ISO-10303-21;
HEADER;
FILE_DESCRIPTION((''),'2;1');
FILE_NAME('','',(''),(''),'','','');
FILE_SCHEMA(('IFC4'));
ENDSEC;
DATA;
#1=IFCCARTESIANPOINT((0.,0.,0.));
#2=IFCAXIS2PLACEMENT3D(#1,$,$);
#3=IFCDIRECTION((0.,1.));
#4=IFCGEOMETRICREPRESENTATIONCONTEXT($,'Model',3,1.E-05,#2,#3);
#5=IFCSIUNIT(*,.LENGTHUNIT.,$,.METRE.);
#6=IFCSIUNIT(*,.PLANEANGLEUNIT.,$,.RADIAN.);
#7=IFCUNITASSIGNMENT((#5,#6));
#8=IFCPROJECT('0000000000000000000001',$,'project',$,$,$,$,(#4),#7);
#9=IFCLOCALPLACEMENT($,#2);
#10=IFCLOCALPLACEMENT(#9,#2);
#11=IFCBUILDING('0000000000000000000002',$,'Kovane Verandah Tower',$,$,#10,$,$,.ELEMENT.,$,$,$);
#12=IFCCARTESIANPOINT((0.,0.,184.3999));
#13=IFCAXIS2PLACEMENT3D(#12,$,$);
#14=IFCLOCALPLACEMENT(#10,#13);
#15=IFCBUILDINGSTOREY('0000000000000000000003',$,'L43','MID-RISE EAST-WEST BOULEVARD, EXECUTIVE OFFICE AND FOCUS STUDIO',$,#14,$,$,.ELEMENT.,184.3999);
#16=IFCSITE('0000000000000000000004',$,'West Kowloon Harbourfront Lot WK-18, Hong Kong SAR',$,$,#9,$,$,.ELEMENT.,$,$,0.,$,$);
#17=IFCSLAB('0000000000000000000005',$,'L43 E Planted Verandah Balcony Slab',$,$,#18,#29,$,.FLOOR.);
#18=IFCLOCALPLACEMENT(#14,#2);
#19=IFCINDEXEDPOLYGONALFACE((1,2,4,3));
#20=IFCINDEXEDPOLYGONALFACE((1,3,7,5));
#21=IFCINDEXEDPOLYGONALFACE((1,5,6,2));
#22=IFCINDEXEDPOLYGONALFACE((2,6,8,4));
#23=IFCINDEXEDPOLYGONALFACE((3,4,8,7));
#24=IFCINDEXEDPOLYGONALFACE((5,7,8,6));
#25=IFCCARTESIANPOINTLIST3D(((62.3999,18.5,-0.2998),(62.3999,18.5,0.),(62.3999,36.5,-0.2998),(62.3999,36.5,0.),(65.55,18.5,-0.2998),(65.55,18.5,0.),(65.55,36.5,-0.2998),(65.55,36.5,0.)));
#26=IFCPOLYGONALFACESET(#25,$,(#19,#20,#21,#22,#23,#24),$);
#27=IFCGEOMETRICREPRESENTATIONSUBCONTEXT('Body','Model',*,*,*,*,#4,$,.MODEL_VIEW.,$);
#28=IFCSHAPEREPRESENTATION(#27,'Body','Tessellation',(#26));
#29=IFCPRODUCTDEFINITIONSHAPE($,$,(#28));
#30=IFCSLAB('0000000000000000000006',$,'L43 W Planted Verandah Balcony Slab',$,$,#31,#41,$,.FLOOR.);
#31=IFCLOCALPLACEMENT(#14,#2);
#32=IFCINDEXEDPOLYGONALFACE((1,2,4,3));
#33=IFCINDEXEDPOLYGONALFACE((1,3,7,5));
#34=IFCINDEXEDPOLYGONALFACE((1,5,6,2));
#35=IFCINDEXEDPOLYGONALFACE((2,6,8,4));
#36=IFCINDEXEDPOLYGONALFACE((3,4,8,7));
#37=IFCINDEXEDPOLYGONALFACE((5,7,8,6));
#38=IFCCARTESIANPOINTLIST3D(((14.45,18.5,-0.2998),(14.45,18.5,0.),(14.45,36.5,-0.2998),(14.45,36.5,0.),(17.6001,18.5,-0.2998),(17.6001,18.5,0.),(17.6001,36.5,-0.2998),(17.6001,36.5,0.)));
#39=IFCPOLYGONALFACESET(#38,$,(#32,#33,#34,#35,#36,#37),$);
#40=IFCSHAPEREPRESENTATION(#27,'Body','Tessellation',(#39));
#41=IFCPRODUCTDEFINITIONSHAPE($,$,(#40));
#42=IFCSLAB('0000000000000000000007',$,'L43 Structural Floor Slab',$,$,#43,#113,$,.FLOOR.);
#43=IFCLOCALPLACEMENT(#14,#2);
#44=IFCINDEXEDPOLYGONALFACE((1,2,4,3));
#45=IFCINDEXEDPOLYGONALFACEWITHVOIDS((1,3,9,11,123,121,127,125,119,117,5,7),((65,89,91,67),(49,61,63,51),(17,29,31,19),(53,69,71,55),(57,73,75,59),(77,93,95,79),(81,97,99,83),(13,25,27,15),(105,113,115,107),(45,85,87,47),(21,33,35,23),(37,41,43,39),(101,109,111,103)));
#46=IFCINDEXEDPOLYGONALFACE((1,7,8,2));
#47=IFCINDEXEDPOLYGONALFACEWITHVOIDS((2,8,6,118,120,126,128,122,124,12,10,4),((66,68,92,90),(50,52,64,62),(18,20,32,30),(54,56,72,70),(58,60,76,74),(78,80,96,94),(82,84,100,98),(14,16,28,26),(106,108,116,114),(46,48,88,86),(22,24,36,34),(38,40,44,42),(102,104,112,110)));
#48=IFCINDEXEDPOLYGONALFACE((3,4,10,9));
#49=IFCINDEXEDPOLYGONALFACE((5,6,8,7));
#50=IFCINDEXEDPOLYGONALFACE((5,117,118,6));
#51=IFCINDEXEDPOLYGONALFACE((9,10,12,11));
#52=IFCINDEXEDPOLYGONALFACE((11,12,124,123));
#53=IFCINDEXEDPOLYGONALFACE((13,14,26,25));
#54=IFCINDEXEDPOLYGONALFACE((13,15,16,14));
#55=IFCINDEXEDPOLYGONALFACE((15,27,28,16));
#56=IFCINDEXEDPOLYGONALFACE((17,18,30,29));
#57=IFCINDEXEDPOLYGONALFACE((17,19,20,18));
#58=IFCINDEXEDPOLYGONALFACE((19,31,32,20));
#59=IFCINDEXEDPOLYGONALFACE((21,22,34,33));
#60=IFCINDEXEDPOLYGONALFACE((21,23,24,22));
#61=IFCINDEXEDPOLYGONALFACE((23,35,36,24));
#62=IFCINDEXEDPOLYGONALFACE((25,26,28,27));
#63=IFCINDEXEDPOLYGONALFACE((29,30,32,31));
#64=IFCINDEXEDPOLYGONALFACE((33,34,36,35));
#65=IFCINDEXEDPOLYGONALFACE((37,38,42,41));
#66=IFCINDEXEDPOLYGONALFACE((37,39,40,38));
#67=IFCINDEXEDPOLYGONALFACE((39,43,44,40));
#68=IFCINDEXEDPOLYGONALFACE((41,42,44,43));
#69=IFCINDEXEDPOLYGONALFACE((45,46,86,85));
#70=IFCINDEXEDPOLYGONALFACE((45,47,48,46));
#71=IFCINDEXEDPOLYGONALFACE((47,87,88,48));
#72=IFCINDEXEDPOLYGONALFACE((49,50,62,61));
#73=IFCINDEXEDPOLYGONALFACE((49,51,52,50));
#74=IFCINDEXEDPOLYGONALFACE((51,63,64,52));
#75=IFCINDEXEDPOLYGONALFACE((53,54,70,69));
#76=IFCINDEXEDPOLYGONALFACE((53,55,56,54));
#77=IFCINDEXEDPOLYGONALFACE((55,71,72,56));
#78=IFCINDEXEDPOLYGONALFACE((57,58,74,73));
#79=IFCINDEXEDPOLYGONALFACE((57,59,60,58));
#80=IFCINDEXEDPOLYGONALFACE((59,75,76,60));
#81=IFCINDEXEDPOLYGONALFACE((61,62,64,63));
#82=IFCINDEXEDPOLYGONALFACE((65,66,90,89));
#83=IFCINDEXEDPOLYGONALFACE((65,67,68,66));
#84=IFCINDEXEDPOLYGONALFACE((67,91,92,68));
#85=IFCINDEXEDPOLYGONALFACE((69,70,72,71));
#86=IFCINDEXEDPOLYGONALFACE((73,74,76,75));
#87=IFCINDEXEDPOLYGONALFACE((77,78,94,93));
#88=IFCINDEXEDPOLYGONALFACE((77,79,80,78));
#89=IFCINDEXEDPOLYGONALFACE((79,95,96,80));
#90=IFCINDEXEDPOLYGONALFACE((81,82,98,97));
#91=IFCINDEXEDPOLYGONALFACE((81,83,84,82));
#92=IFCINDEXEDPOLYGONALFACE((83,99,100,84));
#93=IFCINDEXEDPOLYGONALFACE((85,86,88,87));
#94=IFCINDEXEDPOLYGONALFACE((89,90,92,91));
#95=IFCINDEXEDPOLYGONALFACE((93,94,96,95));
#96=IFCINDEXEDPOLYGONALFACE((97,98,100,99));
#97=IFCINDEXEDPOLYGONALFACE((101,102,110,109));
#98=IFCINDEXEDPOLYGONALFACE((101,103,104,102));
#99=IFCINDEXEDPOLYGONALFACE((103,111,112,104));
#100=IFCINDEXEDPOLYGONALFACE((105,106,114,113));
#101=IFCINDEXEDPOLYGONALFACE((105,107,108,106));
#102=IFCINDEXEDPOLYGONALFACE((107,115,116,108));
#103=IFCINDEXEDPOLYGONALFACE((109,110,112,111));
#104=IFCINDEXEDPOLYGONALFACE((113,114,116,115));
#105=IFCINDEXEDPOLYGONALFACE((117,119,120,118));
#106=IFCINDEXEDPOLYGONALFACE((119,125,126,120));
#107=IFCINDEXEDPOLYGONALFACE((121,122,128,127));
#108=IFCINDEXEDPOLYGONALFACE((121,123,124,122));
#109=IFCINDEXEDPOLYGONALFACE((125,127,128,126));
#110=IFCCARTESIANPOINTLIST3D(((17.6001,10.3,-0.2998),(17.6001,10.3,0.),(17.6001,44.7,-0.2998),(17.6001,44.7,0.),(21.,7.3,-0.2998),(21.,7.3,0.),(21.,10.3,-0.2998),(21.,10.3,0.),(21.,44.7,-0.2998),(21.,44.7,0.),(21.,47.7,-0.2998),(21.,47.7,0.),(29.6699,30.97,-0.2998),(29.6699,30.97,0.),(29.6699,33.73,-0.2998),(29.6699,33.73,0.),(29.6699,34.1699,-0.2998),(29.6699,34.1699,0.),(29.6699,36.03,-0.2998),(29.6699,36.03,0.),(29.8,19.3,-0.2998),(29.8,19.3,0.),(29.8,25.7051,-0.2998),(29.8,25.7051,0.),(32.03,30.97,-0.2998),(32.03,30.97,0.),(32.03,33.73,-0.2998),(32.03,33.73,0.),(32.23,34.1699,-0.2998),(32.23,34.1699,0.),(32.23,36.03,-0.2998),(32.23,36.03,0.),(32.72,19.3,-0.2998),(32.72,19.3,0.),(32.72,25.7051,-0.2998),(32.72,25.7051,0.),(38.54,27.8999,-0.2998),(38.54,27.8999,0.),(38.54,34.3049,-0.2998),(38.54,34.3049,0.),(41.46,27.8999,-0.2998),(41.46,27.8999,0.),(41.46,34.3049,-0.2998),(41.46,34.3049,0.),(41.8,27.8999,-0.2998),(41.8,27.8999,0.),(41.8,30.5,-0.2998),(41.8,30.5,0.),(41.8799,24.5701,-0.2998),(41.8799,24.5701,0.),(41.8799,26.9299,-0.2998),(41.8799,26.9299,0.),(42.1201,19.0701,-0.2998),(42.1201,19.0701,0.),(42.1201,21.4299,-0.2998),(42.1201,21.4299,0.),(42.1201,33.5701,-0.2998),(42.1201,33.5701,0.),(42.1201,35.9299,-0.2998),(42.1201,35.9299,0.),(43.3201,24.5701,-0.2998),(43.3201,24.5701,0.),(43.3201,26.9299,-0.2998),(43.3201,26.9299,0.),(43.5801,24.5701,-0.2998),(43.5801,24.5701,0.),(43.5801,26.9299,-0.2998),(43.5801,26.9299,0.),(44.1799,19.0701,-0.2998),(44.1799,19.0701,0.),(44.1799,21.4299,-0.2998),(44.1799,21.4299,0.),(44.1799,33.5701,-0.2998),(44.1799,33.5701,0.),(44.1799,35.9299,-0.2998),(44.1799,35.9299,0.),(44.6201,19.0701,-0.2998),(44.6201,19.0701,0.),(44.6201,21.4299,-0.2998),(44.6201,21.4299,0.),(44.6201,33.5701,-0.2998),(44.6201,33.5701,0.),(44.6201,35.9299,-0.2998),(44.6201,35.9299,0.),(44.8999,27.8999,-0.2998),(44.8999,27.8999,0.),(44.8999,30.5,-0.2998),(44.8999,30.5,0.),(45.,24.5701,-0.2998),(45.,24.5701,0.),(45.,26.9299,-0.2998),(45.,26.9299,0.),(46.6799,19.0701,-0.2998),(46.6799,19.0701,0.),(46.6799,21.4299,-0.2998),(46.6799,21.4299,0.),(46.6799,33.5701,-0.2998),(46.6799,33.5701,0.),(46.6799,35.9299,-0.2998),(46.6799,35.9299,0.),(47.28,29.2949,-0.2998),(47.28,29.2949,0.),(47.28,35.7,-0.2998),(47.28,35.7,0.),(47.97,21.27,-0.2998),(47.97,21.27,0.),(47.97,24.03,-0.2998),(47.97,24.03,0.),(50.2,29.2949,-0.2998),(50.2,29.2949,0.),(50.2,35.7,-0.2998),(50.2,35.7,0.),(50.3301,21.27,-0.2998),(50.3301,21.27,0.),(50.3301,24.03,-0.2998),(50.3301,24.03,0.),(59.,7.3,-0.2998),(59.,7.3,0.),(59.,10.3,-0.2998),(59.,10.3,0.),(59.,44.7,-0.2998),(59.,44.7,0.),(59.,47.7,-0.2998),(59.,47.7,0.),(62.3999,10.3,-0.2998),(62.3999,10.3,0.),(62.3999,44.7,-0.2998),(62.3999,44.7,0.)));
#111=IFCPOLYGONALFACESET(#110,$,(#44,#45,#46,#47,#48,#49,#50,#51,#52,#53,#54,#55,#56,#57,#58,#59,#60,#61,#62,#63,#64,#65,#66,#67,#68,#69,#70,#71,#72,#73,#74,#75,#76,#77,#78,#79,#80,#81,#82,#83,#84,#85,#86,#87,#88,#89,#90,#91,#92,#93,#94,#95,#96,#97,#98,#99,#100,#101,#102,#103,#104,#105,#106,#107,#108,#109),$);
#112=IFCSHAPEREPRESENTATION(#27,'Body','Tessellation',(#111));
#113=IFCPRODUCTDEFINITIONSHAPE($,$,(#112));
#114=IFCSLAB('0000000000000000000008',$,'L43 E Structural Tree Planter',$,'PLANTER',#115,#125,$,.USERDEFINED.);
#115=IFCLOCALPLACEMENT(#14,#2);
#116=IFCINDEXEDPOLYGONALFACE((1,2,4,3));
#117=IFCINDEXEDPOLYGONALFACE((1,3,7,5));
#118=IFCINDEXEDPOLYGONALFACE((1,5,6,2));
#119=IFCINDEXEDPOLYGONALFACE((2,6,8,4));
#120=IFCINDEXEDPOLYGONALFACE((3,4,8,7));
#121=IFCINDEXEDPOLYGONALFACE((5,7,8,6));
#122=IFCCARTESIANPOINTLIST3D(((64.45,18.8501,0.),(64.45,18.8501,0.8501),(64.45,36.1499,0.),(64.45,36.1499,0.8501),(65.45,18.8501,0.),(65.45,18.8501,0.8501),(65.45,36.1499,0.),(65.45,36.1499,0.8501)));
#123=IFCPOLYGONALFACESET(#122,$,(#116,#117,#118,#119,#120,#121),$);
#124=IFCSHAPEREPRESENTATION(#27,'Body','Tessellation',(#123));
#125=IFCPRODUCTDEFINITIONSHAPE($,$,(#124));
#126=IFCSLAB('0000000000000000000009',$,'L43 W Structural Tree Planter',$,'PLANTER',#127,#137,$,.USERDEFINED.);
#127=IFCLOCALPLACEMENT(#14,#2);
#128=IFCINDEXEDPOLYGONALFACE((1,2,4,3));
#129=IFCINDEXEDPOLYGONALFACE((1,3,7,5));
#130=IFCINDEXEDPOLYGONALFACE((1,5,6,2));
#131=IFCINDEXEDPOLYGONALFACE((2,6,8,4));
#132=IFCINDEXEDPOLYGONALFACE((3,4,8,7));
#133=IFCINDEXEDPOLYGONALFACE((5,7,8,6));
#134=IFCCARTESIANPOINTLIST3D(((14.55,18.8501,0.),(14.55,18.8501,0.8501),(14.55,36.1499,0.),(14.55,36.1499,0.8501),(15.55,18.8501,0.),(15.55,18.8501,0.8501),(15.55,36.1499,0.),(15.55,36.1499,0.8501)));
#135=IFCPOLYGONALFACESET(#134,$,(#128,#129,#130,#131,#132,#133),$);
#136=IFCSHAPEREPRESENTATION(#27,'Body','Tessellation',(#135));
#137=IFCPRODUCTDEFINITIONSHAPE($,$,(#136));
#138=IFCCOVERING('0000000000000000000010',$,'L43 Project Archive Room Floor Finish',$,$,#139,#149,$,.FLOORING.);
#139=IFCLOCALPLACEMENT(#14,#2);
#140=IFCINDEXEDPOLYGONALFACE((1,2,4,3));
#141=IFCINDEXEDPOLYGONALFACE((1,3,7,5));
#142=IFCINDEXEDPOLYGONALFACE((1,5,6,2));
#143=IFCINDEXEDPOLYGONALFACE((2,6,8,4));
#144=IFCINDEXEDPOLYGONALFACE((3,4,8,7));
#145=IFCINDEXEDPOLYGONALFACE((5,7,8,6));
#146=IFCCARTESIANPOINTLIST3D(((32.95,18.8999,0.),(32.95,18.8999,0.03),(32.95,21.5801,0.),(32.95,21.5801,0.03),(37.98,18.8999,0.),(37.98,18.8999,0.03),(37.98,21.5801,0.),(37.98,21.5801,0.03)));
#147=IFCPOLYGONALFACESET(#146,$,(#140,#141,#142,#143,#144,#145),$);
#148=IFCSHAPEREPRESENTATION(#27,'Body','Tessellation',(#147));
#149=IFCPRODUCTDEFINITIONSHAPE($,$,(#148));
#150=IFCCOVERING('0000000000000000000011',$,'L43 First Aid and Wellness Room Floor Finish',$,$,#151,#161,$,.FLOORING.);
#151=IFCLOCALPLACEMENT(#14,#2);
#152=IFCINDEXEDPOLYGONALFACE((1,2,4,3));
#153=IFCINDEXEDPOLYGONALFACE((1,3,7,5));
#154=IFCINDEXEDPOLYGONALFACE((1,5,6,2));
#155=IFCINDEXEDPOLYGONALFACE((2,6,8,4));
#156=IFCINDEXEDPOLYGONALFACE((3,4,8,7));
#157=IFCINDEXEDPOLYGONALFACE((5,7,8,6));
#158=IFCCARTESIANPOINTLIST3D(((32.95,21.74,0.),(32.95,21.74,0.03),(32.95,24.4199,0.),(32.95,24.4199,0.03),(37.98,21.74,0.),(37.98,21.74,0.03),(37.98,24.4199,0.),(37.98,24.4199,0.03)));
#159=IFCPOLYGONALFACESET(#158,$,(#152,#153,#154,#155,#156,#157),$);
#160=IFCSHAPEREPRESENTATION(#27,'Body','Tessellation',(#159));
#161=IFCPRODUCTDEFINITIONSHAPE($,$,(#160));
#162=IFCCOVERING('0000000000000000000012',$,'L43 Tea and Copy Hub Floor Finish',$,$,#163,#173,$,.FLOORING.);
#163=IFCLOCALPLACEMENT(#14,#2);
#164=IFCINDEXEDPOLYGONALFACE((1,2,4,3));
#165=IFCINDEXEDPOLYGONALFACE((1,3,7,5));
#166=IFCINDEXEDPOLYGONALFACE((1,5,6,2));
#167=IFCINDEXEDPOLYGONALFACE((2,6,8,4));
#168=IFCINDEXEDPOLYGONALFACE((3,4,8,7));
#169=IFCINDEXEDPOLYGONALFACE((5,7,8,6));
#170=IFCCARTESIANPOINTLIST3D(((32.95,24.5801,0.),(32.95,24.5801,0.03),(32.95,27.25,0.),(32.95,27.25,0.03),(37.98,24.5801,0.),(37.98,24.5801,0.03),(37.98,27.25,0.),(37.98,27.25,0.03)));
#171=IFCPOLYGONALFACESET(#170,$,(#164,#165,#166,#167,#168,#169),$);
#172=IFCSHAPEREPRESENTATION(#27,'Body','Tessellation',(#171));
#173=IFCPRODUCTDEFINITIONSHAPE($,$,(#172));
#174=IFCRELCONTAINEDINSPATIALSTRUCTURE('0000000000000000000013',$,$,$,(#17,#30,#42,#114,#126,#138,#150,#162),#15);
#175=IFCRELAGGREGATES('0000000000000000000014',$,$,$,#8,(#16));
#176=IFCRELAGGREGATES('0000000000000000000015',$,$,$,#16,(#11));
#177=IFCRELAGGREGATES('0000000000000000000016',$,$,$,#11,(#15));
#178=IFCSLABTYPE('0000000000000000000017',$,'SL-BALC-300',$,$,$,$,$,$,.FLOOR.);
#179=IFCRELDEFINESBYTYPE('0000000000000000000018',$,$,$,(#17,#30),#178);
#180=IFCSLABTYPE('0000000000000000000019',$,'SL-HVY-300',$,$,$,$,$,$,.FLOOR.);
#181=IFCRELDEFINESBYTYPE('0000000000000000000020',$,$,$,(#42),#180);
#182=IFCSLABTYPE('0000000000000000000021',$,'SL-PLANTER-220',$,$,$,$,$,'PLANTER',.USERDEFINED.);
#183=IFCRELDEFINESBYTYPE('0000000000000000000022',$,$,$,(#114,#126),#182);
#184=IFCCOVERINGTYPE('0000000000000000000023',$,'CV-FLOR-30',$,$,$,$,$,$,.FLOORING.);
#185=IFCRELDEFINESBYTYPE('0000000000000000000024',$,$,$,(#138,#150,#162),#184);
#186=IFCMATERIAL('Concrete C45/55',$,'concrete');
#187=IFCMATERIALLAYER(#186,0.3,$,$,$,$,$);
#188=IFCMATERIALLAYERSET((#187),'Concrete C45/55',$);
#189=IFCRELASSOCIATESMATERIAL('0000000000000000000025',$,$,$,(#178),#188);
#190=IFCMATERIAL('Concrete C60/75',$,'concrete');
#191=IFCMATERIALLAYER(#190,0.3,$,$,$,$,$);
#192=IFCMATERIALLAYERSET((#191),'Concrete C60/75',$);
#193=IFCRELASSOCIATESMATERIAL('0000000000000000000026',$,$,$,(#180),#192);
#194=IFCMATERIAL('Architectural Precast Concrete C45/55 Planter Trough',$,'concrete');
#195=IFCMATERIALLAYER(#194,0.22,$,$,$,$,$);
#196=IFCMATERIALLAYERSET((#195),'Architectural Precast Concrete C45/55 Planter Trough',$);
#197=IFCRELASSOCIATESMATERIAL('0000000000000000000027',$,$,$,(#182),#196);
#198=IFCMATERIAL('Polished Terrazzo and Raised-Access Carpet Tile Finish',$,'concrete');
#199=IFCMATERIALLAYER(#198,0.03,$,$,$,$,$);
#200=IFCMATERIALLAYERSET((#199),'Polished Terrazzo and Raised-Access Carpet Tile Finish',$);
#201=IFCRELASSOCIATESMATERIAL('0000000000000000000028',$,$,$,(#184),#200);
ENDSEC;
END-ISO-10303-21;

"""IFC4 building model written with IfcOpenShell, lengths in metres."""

from ifc_helpers import new_model, si_unit, direction, frame, origin, place, context, subcontext, project, spatial, polyline, outline, extrude, material, layer, layer_set, type_object, element, save


model = new_model("IFC4")

# Units and contexts
model_context = context("Model", 3, precision=1e-05, world=origin(), true_north=direction((0.0, 1.0)))
body_context = subcontext(model_context, "Body", "Model", "MODEL_VIEW")
ifc_project = project(units=[si_unit("LENGTHUNIT", "METRE"), si_unit("PLANEANGLEUNIT", "RADIAN")], contexts=[model_context])

# Site, building, storey
site_placement = place(None, origin())
site = spatial("IfcSite", under=ifc_project, at=site_placement, Name="West Kowloon Harbourfront Lot WK-18, Hong Kong SAR", CompositionType="ELEMENT", RefElevation=0.0)
building_placement = place(site_placement, origin())
building = spatial("IfcBuilding", under=site, at=building_placement, Name="Kovane Verandah Tower", CompositionType="ELEMENT")
storey_placement = place(building_placement, frame((0.0, 0.0, 184.3999)))
storey = spatial("IfcBuildingStorey", under=building, at=storey_placement, Name="L43", Description="MID-RISE EAST-WEST BOULEVARD, EXECUTIVE OFFICE AND FOCUS STUDIO", CompositionType="ELEMENT", Elevation=184.3999)

# Slabs
ifc_material_1 = material(Name="Concrete C45/55", Category="concrete")
ifc_layer_1 = layer(ifc_material_1, 0.3)
ifc_layer_set_1 = layer_set([ifc_layer_1], Name="Concrete C45/55")
slab_type_1 = type_object("IfcSlabType", Name="SL-BALC-300", PredefinedType="FLOOR", material=ifc_layer_set_1)
slab_1_placement = place(storey_placement, frame((0.0, 0.0, -0.2998)))
element("IfcSlab", 1, at=slab_1_placement, inside=storey, type_object=slab_type_1, Name="L43 E Planted Verandah Balcony Slab", PredefinedType="FLOOR", context=body_context, shape_type="SweptSolid", body=[
    extrude(outline(polyline([(62.3999, 18.5), (65.55, 18.5), (65.55, 36.5), (62.3999, 36.5), (62.3999, 18.5)])), origin(), (0.0, 0.0, 1.0), 0.2998),
])
slab_2_placement = place(storey_placement, frame((0.0, 0.0, -0.2998)))
element("IfcSlab", 2, at=slab_2_placement, inside=storey, type_object=slab_type_1, Name="L43 W Planted Verandah Balcony Slab", PredefinedType="FLOOR", context=body_context, shape_type="SweptSolid", body=[
    extrude(outline(polyline([(14.45, 18.5), (17.6001, 18.5), (17.6001, 36.5), (14.45, 36.5), (14.45, 18.5)])), origin(), (0.0, 0.0, 1.0), 0.2998),
])
ifc_material_2 = material(Name="Concrete C60/75", Category="concrete")
ifc_layer_2 = layer(ifc_material_2, 0.3)
ifc_layer_set_2 = layer_set([ifc_layer_2], Name="Concrete C60/75")
slab_type_2 = type_object("IfcSlabType", Name="SL-HVY-300", PredefinedType="FLOOR", material=ifc_layer_set_2)
slab_3_placement = place(storey_placement, frame((0.0, 0.0, -0.2998)))
element("IfcSlab", 3, at=slab_3_placement, inside=storey, type_object=slab_type_2, Name="L43 Structural Floor Slab", PredefinedType="FLOOR", context=body_context, shape_type="SweptSolid", body=[
    extrude(outline(polyline([(21.0, 7.3), (59.0, 7.3), (59.0, 10.3), (62.3999, 10.3), (62.3999, 44.7), (59.0, 44.7), (59.0, 47.7), (21.0, 47.7), (21.0, 44.7), (17.6001, 44.7), (17.6001, 10.3), (21.0, 10.3), (21.0, 7.3)]), holes=[polyline([(29.8, 19.3), (32.72, 19.3), (32.72, 25.7051), (29.8, 25.7051), (29.8, 19.3)]), polyline([(47.28, 29.2949), (50.2, 29.2949), (50.2, 35.7), (47.28, 35.7), (47.28, 29.2949)]), polyline([(38.54, 27.8999), (41.46, 27.8999), (41.46, 34.3049), (38.54, 34.3049), (38.54, 27.8999)]), polyline([(29.6699, 30.97), (32.03, 30.97), (32.03, 33.73), (29.6699, 33.73), (29.6699, 30.97)]), polyline([(47.97, 21.27), (50.3301, 21.27), (50.3301, 24.03), (47.97, 24.03), (47.97, 21.27)]), polyline([(29.6699, 34.1699), (32.23, 34.1699), (32.23, 36.03), (29.6699, 36.03), (29.6699, 34.1699)]), polyline([(42.1201, 19.0701), (44.1799, 19.0701), (44.1799, 21.4299), (42.1201, 21.4299), (42.1201, 19.0701)]), polyline([(44.6201, 19.0701), (46.6799, 19.0701), (46.6799, 21.4299), (44.6201, 21.4299), (44.6201, 19.0701)]), polyline([(41.8799, 24.5701), (43.3201, 24.5701), (43.3201, 26.9299), (41.8799, 26.9299), (41.8799, 24.5701)]), polyline([(43.5801, 24.5701), (45.0, 24.5701), (45.0, 26.9299), (43.5801, 26.9299), (43.5801, 24.5701)]), polyline([(42.1201, 33.5701), (44.1799, 33.5701), (44.1799, 35.9299), (42.1201, 35.9299), (42.1201, 33.5701)]), polyline([(44.6201, 33.5701), (46.6799, 33.5701), (46.6799, 35.9299), (44.6201, 35.9299), (44.6201, 33.5701)]), polyline([(41.8, 27.8999), (44.8999, 27.8999), (44.8999, 30.5), (41.8, 30.5), (41.8, 27.8999)])]), origin(), (0.0, 0.0, 1.0), 0.2998),
])
ifc_material_3 = material(Name="Architectural Precast Concrete C45/55 Planter Trough", Category="concrete")
ifc_layer_3 = layer(ifc_material_3, 0.22)
ifc_layer_set_3 = layer_set([ifc_layer_3], Name="Architectural Precast Concrete C45/55 Planter Trough")
slab_type_3 = type_object("IfcSlabType", Name="SL-PLANTER-220", ElementType="PLANTER", PredefinedType="USERDEFINED", material=ifc_layer_set_3)
slab_4_placement = place(storey_placement, origin())
element("IfcSlab", 4, at=slab_4_placement, inside=storey, type_object=slab_type_3, Name="L43 E Structural Tree Planter", ObjectType="PLANTER", PredefinedType="USERDEFINED", context=body_context, shape_type="SweptSolid", body=[
    extrude(outline(polyline([(64.45, 18.8501), (65.45, 18.8501), (65.45, 36.1499), (64.45, 36.1499), (64.45, 18.8501)])), origin(), (0.0, 0.0, 1.0), 0.8501),
])
slab_5_placement = place(storey_placement, origin())
element("IfcSlab", 5, at=slab_5_placement, inside=storey, type_object=slab_type_3, Name="L43 W Structural Tree Planter", ObjectType="PLANTER", PredefinedType="USERDEFINED", context=body_context, shape_type="SweptSolid", body=[
    extrude(outline(polyline([(14.55, 18.8501), (15.55, 18.8501), (15.55, 36.1499), (14.55, 36.1499), (14.55, 18.8501)])), origin(), (0.0, 0.0, 1.0), 0.8501),
])

# Coverings
ifc_material_4 = material(Name="Polished Terrazzo and Raised-Access Carpet Tile Finish", Category="concrete")
ifc_layer_4 = layer(ifc_material_4, 0.03)
ifc_layer_set_4 = layer_set([ifc_layer_4], Name="Polished Terrazzo and Raised-Access Carpet Tile Finish")
covering_type = type_object("IfcCoveringType", Name="CV-FLOR-30", PredefinedType="FLOORING", material=ifc_layer_set_4)
covering_1_placement = place(storey_placement, origin())
element("IfcCovering", 6, at=covering_1_placement, inside=storey, type_object=covering_type, Name="L43 Project Archive Room Floor Finish", PredefinedType="FLOORING", context=body_context, shape_type="SweptSolid", body=[
    extrude(outline(polyline([(32.95, 18.8999), (37.98, 18.8999), (37.98, 21.5801), (32.95, 21.5801), (32.95, 18.8999)])), origin(), (0.0, 0.0, 1.0), 0.03),
])
covering_2_placement = place(storey_placement, origin())
element("IfcCovering", 7, at=covering_2_placement, inside=storey, type_object=covering_type, Name="L43 First Aid and Wellness Room Floor Finish", PredefinedType="FLOORING", context=body_context, shape_type="SweptSolid", body=[
    extrude(outline(polyline([(32.95, 21.74), (37.98, 21.74), (37.98, 24.4199), (32.95, 24.4199), (32.95, 21.74)])), origin(), (0.0, 0.0, 1.0), 0.03),
])
covering_3_placement = place(storey_placement, origin())
element("IfcCovering", 8, at=covering_3_placement, inside=storey, type_object=covering_type, Name="L43 Tea and Copy Hub Floor Finish", PredefinedType="FLOORING", context=body_context, shape_type="SweptSolid", body=[
    extrude(outline(polyline([(32.95, 24.5801), (37.98, 24.5801), (37.98, 27.25), (32.95, 27.25), (32.95, 24.5801)])), origin(), (0.0, 0.0, 1.0), 0.03),
])

save(model, "model.ifc")
